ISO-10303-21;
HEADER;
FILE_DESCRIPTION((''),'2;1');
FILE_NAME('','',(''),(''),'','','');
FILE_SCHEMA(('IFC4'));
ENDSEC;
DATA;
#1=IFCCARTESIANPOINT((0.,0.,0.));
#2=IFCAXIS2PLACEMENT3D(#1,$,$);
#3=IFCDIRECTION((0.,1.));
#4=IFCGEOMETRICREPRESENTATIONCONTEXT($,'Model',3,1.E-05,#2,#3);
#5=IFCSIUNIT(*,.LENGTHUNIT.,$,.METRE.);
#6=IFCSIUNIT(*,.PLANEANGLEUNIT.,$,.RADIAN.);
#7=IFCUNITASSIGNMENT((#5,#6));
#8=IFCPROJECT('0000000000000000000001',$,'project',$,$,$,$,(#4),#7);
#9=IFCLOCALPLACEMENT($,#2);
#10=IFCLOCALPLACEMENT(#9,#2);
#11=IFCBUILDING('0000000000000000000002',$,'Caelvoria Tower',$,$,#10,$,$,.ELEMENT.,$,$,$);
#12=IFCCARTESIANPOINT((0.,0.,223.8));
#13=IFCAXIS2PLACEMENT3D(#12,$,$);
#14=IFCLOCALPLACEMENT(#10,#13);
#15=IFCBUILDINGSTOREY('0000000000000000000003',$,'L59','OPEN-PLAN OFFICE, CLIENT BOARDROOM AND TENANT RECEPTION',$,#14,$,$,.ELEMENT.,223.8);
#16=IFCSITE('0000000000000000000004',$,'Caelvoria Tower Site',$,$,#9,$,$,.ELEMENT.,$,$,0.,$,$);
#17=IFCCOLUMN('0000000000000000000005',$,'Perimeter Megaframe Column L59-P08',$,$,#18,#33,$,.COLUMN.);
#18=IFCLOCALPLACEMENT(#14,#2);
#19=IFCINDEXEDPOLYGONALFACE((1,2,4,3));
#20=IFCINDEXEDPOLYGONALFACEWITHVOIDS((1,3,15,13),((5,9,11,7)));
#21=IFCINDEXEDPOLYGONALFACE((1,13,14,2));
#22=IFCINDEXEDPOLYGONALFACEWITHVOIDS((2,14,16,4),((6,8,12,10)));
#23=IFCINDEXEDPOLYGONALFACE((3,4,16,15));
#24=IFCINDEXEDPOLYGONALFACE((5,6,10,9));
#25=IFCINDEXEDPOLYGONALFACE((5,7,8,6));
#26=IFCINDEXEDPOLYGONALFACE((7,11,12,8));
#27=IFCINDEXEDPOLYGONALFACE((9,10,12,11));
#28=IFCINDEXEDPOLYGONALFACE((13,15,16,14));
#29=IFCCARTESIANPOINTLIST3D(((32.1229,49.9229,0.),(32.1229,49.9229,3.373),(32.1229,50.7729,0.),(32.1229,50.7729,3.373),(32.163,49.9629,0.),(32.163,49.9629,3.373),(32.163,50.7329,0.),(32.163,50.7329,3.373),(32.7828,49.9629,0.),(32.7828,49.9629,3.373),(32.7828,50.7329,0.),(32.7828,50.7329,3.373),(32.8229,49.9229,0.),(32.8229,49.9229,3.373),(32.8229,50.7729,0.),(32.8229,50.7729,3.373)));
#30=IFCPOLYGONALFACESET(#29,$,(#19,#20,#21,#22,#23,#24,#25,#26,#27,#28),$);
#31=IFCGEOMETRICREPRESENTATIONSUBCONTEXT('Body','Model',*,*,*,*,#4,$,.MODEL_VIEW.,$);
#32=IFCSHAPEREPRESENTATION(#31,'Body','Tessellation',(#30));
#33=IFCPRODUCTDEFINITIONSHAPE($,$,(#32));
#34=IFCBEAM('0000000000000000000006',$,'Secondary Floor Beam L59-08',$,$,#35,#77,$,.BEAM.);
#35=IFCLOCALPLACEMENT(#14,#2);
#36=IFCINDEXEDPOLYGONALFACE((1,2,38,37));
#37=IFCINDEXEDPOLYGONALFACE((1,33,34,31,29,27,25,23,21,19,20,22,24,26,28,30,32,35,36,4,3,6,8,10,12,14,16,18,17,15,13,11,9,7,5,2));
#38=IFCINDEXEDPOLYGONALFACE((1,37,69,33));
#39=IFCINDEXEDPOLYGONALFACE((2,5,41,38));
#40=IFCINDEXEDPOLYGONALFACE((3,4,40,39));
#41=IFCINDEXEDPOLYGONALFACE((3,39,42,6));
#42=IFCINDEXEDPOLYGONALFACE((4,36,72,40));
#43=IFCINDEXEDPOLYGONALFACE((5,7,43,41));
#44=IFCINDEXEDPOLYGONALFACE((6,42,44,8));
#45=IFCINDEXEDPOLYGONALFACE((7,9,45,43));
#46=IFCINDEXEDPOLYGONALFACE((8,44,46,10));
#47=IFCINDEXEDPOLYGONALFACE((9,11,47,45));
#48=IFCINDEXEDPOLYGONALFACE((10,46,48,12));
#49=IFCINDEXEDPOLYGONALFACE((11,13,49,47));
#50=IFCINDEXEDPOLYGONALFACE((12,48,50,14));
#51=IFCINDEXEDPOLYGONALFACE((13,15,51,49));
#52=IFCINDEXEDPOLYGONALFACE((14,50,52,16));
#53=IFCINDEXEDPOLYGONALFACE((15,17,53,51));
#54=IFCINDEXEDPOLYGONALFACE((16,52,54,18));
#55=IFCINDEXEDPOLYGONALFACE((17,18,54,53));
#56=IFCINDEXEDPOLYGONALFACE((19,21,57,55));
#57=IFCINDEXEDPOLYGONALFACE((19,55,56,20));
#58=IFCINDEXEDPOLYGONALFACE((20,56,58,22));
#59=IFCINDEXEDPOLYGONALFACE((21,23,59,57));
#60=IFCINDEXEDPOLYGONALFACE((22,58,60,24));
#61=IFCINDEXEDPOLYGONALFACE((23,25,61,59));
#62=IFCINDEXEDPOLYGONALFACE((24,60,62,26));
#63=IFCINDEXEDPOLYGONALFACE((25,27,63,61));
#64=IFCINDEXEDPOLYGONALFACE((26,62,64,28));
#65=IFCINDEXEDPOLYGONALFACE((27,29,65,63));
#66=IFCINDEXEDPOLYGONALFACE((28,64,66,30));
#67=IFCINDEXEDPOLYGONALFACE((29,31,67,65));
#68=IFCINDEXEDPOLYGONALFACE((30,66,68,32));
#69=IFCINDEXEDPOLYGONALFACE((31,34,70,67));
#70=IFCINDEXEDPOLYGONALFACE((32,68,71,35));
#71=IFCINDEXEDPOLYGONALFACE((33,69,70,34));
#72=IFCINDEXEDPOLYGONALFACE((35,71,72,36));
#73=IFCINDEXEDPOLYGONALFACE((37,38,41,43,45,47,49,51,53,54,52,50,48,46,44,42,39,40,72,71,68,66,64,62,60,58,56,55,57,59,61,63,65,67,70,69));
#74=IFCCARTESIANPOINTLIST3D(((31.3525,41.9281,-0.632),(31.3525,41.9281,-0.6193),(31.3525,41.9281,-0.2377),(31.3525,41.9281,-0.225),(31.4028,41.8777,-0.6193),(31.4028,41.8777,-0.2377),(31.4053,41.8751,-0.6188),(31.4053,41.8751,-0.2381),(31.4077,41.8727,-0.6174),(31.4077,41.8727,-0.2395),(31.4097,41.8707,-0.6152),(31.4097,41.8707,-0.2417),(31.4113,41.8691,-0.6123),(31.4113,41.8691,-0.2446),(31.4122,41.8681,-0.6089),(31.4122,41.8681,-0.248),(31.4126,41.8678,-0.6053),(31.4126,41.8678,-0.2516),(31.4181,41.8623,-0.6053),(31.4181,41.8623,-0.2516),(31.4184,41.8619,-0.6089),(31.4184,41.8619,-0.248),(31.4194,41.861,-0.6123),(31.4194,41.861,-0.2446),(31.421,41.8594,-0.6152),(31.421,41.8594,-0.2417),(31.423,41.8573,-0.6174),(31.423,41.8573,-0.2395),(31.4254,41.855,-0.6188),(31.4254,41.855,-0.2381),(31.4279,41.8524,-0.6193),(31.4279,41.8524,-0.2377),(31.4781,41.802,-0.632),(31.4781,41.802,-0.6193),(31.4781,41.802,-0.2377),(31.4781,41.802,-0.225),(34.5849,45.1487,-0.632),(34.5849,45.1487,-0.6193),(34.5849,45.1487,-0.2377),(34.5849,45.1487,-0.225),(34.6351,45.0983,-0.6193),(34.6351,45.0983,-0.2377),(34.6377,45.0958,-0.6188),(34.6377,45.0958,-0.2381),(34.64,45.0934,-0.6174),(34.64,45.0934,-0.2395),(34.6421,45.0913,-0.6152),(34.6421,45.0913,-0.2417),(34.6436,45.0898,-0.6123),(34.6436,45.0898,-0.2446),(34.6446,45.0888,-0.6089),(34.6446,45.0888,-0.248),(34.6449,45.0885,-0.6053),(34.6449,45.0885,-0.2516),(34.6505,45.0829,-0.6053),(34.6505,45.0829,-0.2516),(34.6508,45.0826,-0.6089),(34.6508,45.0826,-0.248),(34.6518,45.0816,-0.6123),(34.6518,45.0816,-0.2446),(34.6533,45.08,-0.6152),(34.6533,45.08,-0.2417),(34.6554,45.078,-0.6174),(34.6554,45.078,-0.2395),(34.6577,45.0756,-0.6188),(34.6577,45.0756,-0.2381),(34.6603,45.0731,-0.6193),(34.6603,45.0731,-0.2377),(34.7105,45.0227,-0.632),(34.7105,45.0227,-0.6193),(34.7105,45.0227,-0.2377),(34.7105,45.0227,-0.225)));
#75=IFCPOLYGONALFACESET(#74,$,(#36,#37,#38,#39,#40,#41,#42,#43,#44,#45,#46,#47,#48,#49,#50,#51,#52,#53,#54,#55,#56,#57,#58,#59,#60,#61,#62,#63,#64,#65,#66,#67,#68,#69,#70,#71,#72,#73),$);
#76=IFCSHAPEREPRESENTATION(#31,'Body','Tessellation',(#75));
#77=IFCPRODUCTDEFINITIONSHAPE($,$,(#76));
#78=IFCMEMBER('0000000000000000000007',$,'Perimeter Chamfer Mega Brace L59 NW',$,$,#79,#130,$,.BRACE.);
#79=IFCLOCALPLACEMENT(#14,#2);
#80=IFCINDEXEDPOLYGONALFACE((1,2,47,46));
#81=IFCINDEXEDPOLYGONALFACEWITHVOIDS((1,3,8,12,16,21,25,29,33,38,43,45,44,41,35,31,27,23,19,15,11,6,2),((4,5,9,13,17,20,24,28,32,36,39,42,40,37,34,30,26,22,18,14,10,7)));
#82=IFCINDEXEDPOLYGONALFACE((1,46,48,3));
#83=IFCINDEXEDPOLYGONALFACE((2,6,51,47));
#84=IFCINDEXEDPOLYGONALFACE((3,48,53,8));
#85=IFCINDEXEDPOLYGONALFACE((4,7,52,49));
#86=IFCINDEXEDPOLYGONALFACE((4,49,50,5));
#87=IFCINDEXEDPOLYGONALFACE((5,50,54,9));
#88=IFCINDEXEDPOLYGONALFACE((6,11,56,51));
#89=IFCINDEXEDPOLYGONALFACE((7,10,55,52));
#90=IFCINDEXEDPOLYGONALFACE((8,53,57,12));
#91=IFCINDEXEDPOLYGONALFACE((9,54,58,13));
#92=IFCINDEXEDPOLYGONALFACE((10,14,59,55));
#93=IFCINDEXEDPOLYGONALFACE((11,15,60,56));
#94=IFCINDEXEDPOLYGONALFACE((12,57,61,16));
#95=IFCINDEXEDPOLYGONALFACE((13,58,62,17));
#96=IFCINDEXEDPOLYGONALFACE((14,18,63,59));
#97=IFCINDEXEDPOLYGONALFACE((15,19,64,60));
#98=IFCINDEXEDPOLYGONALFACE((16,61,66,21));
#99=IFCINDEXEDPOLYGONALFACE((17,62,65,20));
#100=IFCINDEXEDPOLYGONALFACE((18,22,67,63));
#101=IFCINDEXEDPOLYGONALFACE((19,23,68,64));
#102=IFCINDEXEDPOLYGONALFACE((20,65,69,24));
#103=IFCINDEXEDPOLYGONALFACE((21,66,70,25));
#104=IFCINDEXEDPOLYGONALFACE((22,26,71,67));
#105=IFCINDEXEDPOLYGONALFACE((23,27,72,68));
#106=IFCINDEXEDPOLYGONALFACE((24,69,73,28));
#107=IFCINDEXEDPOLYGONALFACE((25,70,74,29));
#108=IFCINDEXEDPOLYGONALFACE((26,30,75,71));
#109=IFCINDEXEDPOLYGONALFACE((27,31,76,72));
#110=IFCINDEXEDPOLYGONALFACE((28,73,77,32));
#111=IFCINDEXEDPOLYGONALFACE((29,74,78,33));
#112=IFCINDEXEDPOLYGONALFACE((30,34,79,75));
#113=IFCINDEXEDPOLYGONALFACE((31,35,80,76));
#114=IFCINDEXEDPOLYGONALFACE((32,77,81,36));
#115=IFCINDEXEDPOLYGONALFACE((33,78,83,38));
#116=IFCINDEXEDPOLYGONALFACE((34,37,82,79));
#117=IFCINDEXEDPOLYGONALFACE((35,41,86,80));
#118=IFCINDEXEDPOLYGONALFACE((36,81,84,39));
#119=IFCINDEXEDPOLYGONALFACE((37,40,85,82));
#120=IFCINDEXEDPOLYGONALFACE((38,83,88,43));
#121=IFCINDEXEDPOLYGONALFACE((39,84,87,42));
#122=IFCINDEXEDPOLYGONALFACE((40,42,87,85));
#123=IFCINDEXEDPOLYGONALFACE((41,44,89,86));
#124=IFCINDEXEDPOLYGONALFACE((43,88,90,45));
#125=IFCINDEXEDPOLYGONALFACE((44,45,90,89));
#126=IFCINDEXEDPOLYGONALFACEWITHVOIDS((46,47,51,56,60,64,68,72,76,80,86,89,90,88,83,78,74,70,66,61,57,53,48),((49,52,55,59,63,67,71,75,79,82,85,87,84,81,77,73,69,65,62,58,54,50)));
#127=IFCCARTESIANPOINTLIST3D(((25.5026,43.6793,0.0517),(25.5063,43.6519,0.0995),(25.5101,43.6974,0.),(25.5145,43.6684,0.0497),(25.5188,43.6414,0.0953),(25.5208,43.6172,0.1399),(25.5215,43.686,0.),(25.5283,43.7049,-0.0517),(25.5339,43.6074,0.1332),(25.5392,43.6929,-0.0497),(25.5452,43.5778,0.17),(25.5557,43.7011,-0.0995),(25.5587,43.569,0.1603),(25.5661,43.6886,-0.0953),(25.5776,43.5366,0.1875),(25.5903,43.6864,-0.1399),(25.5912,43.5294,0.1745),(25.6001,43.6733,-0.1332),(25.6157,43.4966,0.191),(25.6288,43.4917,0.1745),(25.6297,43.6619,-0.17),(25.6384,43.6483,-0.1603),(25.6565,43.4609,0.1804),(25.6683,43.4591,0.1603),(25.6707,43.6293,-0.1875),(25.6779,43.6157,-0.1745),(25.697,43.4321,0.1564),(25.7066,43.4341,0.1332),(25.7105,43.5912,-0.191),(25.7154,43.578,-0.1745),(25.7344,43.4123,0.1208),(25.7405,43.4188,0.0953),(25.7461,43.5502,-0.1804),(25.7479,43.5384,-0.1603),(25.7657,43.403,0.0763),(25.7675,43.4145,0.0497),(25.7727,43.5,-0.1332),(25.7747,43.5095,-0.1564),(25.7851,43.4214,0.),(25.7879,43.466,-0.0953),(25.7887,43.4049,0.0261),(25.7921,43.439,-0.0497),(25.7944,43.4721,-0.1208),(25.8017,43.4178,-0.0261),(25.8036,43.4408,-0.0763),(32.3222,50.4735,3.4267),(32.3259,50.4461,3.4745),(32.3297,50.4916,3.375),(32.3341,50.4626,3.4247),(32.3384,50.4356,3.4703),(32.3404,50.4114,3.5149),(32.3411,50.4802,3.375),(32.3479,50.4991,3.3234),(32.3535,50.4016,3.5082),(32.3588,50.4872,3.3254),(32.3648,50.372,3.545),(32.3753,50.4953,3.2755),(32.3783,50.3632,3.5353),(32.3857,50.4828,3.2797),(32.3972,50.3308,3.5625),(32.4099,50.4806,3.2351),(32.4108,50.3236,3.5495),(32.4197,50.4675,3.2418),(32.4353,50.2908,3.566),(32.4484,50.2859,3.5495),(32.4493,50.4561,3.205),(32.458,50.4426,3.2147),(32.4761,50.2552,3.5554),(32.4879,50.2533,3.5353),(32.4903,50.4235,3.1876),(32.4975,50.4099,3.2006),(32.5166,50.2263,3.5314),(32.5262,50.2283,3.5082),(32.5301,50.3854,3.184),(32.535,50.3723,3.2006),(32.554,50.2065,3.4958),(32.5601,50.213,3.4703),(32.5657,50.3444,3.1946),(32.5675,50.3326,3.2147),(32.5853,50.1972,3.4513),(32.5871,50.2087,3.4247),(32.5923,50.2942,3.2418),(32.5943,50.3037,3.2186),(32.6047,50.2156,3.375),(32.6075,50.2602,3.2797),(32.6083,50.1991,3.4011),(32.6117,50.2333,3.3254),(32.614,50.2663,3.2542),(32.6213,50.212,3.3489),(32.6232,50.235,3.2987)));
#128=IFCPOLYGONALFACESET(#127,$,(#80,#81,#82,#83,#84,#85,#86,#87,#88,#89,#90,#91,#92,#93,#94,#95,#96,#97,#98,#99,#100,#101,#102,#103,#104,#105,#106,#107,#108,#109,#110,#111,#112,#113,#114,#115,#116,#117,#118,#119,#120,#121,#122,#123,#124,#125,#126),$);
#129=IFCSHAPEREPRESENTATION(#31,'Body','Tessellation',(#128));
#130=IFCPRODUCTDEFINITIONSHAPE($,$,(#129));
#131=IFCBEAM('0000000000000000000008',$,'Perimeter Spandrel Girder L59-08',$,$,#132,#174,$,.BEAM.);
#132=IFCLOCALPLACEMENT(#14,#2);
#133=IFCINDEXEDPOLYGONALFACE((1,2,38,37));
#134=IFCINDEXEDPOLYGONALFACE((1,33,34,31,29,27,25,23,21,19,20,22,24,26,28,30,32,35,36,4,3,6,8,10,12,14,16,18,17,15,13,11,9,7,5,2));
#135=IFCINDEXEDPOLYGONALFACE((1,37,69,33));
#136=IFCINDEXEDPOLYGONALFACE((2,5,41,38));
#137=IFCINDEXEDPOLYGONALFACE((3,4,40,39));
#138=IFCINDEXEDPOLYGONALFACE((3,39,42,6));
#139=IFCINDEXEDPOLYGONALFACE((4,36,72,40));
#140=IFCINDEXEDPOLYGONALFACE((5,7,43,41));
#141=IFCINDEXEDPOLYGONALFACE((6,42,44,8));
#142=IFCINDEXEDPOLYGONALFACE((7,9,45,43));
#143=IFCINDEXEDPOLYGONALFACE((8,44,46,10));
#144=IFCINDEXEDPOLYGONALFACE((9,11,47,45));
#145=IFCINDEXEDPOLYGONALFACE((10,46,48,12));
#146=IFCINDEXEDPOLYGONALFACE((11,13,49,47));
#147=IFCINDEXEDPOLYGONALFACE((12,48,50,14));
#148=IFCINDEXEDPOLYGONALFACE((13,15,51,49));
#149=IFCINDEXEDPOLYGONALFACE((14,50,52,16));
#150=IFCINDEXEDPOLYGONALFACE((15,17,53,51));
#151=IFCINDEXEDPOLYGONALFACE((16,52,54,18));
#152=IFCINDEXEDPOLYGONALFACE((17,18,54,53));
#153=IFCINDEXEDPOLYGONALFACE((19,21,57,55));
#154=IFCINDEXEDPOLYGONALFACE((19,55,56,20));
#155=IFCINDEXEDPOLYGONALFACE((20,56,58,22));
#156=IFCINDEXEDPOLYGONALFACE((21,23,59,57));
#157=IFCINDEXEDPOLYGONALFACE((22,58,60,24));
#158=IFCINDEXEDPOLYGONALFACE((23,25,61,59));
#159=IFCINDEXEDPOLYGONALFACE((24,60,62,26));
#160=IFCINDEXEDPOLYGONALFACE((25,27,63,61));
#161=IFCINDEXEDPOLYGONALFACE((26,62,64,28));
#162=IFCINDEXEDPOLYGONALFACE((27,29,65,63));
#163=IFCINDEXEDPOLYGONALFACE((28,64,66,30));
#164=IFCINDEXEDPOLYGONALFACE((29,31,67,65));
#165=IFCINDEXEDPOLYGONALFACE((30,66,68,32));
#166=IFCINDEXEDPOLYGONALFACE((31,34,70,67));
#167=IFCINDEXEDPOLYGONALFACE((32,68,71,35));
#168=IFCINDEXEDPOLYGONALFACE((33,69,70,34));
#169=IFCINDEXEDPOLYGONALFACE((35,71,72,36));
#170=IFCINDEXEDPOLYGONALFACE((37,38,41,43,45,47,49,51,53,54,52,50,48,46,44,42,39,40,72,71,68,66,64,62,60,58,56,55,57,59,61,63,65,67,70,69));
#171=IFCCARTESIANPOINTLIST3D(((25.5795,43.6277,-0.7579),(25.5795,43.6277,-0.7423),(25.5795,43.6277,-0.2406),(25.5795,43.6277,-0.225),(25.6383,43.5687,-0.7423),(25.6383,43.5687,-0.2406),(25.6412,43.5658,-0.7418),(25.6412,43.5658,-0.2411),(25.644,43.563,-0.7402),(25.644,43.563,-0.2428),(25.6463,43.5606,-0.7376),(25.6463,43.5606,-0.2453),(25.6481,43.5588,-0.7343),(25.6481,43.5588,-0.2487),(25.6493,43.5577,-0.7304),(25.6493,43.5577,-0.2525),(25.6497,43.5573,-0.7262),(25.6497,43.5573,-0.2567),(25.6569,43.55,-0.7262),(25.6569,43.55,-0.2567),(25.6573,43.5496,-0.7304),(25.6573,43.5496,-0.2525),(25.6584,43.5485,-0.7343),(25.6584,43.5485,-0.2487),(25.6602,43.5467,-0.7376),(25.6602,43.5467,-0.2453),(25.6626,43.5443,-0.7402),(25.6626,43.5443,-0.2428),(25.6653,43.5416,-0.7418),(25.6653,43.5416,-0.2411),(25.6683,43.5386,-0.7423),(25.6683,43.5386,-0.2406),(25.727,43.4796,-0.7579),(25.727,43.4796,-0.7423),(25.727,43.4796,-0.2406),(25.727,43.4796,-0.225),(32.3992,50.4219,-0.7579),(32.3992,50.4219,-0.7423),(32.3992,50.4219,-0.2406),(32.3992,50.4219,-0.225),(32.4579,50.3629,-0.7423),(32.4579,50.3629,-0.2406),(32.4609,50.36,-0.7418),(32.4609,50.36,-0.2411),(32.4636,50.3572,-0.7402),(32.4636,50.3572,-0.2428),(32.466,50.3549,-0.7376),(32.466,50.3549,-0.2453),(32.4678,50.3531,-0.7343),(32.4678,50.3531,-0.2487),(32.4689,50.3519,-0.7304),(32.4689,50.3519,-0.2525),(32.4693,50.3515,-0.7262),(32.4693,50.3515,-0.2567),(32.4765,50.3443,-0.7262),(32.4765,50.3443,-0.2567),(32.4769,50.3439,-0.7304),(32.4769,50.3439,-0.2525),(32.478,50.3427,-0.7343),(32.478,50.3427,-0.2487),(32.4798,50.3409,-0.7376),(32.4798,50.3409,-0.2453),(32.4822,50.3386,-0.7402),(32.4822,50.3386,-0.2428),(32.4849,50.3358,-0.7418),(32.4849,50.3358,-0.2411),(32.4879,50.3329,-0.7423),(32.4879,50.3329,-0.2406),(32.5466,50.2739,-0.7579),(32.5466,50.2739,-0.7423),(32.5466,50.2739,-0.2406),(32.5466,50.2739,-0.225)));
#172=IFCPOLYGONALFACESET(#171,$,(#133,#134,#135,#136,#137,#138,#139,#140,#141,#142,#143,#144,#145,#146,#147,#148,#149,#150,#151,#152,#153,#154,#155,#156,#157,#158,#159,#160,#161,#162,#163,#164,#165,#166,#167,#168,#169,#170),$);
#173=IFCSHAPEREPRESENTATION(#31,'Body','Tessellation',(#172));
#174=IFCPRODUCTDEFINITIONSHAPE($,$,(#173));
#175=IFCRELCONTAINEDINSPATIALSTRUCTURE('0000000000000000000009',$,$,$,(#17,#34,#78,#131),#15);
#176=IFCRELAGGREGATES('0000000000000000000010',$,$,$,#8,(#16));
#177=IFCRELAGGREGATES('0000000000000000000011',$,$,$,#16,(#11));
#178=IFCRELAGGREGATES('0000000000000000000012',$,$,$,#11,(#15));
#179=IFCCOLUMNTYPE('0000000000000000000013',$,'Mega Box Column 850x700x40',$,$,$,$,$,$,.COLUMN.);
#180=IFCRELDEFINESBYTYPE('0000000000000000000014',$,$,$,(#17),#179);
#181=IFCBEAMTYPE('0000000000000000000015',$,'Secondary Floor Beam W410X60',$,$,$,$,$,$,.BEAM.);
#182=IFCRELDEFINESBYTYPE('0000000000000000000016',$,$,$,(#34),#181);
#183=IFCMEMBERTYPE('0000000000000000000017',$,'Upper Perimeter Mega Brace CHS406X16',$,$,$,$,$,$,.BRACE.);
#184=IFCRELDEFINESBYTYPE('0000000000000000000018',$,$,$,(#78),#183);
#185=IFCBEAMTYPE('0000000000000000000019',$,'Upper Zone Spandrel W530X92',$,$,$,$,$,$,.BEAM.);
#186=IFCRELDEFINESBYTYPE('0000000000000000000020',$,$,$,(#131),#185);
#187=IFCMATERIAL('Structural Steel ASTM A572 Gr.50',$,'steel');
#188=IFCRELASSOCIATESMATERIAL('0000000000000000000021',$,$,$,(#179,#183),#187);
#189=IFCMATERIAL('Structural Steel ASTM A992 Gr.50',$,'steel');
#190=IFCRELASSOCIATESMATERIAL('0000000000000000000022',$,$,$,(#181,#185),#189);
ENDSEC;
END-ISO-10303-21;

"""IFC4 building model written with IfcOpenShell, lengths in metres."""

from ifc_helpers import new_model, si_unit, direction, frame, origin, origin_2d, place, context, subcontext, project, spatial, hollow_rectangle, hollow_circle, i_section, extrude, material, material_profile, profile_set, type_object, element, save


model = new_model("IFC4")

# Units and contexts
model_context = context("Model", 3, precision=1e-05, world=origin(), true_north=direction((0.0, 1.0)))
body_context = subcontext(model_context, "Body", "Model", "MODEL_VIEW")
ifc_project = project(units=[si_unit("LENGTHUNIT", "METRE"), si_unit("PLANEANGLEUNIT", "RADIAN")], contexts=[model_context])

# Site, building, storey
site_placement = place(None, origin())
site = spatial("IfcSite", under=ifc_project, at=site_placement, Name="Caelvoria Tower Site", CompositionType="ELEMENT", RefElevation=0.0)
building_placement = place(site_placement, origin())
building = spatial("IfcBuilding", under=site, at=building_placement, Name="Caelvoria Tower", CompositionType="ELEMENT")
storey_placement = place(building_placement, frame((0.0, 0.0, 223.8)))
storey = spatial("IfcBuildingStorey", under=building, at=storey_placement, Name="L59", Description="OPEN-PLAN OFFICE, CLIENT BOARDROOM AND TENANT RECEPTION", CompositionType="ELEMENT", Elevation=223.8)

# Column
ifc_material_1 = material(Name="Structural Steel ASTM A572 Gr.50", Category="steel")
ifc_material_profile_1 = material_profile(ifc_material_1, hollow_rectangle(XDim=0.7, YDim=0.8501, WallThickness=0.04, at=origin_2d()), Name="Structural Steel ASTM A572 Gr.50")
ifc_profile_set_1 = profile_set([ifc_material_profile_1], Name="BOX850X700X40 - Structural Steel ASTM A572 Gr.50")
column_type = type_object("IfcColumnType", Name="Mega Box Column 850x700x40", PredefinedType="COLUMN", material=ifc_profile_set_1)
column_placement = place(storey_placement, frame((32.4729, 50.3479, 0.0), z_axis=(0.0, 0.0, 1.0), x_axis=(1.0, 0.0, 0.0)))
element("IfcColumn", 1, at=column_placement, inside=storey, type_object=column_type, Name="Perimeter Megaframe Column L59-P08", PredefinedType="COLUMN", context=body_context, shape_type="SweptSolid", body=[
    extrude(hollow_rectangle(XDim=0.7, YDim=0.8501, WallThickness=0.04, at=origin_2d()), origin(), (0.0, 0.0, 1.0), 3.373),
])

# Beam
ifc_material_2 = material(Name="Structural Steel ASTM A992 Gr.50", Category="steel")
ifc_material_profile_2 = material_profile(ifc_material_2, i_section(OverallWidth=0.178, OverallDepth=0.407, WebThickness=0.0078, FlangeThickness=0.0127, FilletRadius=0.0139, at=origin_2d()), Name="Structural Steel ASTM A992 Gr.50")
ifc_profile_set_2 = profile_set([ifc_material_profile_2], Name="W410X60 - Structural Steel ASTM A992 Gr.50")
beam_type_1 = type_object("IfcBeamType", Name="Secondary Floor Beam W410X60", PredefinedType="BEAM", material=ifc_profile_set_2)
beam_1_placement = place(storey_placement, frame((34.6477, 45.0857, -0.4285), z_axis=(-0.70839, -0.705822, 0.0), x_axis=(0.705822, -0.70839, 0.0)))
element("IfcBeam", 2, at=beam_1_placement, inside=storey, type_object=beam_type_1, Name="Secondary Floor Beam L59-08", PredefinedType="BEAM", context=body_context, shape_type="SweptSolid", body=[
    extrude(i_section(OverallWidth=0.178, OverallDepth=0.407, WebThickness=0.0078, FlangeThickness=0.0127, FilletRadius=0.0139, at=origin_2d()), origin(), (0.0, 0.0, 1.0), 4.563),
])

# Member
ifc_material_profile_3 = material_profile(ifc_material_1, hollow_circle(Radius=0.2029, WallThickness=0.0161, at=origin_2d()), Name="Structural Steel ASTM A572 Gr.50")
ifc_profile_set_3 = profile_set([ifc_material_profile_3], Name="CHS406X16 - Structural Steel ASTM A572 Gr.50")
member_type = type_object("IfcMemberType", Name="Upper Perimeter Mega Brace CHS406X16", PredefinedType="BRACE", material=ifc_profile_set_3)
member_placement = place(storey_placement, frame((25.6533, 43.5537, 0.0), z_axis=(0.668527, 0.666038, 0.330853), x_axis=(-0.705787, 0.708424, 0.0)))
element("IfcMember", 3, at=member_placement, inside=storey, type_object=member_type, Name="Perimeter Chamfer Mega Brace L59 NW", PredefinedType="BRACE", context=body_context, shape_type="SweptSolid", body=[
    extrude(hollow_circle(Radius=0.2029, WallThickness=0.0161, at=origin_2d()), origin(), (0.0, 0.0, 1.0), 10.2009),
])

# Beam
ifc_material_profile_4 = material_profile(ifc_material_2, i_section(OverallWidth=0.209, OverallDepth=0.533, WebThickness=0.0103, FlangeThickness=0.0156, FilletRadius=0.0161, at=origin_2d()), Name="Structural Steel ASTM A992 Gr.50")
ifc_profile_set_4 = profile_set([ifc_material_profile_4], Name="W530X92 - Structural Steel ASTM A992 Gr.50")
beam_type_2 = type_object("IfcBeamType", Name="Upper Zone Spandrel W530X92", PredefinedType="BEAM", material=ifc_profile_set_4)
beam_2_placement = place(storey_placement, frame((32.4729, 50.3479, -0.4915), z_axis=(-0.708424, -0.705787, 0.0), x_axis=(0.705787, -0.708424, 0.0)))
element("IfcBeam", 4, at=beam_2_placement, inside=storey, type_object=beam_type_2, Name="Perimeter Spandrel Girder L59-08", PredefinedType="BEAM", context=body_context, shape_type="SweptSolid", body=[
    extrude(i_section(OverallWidth=0.209, OverallDepth=0.533, WebThickness=0.0103, FlangeThickness=0.0156, FilletRadius=0.0161, at=origin_2d()), origin(), (0.0, 0.0, 1.0), 9.6265),
])

save(model, "model.ifc")
